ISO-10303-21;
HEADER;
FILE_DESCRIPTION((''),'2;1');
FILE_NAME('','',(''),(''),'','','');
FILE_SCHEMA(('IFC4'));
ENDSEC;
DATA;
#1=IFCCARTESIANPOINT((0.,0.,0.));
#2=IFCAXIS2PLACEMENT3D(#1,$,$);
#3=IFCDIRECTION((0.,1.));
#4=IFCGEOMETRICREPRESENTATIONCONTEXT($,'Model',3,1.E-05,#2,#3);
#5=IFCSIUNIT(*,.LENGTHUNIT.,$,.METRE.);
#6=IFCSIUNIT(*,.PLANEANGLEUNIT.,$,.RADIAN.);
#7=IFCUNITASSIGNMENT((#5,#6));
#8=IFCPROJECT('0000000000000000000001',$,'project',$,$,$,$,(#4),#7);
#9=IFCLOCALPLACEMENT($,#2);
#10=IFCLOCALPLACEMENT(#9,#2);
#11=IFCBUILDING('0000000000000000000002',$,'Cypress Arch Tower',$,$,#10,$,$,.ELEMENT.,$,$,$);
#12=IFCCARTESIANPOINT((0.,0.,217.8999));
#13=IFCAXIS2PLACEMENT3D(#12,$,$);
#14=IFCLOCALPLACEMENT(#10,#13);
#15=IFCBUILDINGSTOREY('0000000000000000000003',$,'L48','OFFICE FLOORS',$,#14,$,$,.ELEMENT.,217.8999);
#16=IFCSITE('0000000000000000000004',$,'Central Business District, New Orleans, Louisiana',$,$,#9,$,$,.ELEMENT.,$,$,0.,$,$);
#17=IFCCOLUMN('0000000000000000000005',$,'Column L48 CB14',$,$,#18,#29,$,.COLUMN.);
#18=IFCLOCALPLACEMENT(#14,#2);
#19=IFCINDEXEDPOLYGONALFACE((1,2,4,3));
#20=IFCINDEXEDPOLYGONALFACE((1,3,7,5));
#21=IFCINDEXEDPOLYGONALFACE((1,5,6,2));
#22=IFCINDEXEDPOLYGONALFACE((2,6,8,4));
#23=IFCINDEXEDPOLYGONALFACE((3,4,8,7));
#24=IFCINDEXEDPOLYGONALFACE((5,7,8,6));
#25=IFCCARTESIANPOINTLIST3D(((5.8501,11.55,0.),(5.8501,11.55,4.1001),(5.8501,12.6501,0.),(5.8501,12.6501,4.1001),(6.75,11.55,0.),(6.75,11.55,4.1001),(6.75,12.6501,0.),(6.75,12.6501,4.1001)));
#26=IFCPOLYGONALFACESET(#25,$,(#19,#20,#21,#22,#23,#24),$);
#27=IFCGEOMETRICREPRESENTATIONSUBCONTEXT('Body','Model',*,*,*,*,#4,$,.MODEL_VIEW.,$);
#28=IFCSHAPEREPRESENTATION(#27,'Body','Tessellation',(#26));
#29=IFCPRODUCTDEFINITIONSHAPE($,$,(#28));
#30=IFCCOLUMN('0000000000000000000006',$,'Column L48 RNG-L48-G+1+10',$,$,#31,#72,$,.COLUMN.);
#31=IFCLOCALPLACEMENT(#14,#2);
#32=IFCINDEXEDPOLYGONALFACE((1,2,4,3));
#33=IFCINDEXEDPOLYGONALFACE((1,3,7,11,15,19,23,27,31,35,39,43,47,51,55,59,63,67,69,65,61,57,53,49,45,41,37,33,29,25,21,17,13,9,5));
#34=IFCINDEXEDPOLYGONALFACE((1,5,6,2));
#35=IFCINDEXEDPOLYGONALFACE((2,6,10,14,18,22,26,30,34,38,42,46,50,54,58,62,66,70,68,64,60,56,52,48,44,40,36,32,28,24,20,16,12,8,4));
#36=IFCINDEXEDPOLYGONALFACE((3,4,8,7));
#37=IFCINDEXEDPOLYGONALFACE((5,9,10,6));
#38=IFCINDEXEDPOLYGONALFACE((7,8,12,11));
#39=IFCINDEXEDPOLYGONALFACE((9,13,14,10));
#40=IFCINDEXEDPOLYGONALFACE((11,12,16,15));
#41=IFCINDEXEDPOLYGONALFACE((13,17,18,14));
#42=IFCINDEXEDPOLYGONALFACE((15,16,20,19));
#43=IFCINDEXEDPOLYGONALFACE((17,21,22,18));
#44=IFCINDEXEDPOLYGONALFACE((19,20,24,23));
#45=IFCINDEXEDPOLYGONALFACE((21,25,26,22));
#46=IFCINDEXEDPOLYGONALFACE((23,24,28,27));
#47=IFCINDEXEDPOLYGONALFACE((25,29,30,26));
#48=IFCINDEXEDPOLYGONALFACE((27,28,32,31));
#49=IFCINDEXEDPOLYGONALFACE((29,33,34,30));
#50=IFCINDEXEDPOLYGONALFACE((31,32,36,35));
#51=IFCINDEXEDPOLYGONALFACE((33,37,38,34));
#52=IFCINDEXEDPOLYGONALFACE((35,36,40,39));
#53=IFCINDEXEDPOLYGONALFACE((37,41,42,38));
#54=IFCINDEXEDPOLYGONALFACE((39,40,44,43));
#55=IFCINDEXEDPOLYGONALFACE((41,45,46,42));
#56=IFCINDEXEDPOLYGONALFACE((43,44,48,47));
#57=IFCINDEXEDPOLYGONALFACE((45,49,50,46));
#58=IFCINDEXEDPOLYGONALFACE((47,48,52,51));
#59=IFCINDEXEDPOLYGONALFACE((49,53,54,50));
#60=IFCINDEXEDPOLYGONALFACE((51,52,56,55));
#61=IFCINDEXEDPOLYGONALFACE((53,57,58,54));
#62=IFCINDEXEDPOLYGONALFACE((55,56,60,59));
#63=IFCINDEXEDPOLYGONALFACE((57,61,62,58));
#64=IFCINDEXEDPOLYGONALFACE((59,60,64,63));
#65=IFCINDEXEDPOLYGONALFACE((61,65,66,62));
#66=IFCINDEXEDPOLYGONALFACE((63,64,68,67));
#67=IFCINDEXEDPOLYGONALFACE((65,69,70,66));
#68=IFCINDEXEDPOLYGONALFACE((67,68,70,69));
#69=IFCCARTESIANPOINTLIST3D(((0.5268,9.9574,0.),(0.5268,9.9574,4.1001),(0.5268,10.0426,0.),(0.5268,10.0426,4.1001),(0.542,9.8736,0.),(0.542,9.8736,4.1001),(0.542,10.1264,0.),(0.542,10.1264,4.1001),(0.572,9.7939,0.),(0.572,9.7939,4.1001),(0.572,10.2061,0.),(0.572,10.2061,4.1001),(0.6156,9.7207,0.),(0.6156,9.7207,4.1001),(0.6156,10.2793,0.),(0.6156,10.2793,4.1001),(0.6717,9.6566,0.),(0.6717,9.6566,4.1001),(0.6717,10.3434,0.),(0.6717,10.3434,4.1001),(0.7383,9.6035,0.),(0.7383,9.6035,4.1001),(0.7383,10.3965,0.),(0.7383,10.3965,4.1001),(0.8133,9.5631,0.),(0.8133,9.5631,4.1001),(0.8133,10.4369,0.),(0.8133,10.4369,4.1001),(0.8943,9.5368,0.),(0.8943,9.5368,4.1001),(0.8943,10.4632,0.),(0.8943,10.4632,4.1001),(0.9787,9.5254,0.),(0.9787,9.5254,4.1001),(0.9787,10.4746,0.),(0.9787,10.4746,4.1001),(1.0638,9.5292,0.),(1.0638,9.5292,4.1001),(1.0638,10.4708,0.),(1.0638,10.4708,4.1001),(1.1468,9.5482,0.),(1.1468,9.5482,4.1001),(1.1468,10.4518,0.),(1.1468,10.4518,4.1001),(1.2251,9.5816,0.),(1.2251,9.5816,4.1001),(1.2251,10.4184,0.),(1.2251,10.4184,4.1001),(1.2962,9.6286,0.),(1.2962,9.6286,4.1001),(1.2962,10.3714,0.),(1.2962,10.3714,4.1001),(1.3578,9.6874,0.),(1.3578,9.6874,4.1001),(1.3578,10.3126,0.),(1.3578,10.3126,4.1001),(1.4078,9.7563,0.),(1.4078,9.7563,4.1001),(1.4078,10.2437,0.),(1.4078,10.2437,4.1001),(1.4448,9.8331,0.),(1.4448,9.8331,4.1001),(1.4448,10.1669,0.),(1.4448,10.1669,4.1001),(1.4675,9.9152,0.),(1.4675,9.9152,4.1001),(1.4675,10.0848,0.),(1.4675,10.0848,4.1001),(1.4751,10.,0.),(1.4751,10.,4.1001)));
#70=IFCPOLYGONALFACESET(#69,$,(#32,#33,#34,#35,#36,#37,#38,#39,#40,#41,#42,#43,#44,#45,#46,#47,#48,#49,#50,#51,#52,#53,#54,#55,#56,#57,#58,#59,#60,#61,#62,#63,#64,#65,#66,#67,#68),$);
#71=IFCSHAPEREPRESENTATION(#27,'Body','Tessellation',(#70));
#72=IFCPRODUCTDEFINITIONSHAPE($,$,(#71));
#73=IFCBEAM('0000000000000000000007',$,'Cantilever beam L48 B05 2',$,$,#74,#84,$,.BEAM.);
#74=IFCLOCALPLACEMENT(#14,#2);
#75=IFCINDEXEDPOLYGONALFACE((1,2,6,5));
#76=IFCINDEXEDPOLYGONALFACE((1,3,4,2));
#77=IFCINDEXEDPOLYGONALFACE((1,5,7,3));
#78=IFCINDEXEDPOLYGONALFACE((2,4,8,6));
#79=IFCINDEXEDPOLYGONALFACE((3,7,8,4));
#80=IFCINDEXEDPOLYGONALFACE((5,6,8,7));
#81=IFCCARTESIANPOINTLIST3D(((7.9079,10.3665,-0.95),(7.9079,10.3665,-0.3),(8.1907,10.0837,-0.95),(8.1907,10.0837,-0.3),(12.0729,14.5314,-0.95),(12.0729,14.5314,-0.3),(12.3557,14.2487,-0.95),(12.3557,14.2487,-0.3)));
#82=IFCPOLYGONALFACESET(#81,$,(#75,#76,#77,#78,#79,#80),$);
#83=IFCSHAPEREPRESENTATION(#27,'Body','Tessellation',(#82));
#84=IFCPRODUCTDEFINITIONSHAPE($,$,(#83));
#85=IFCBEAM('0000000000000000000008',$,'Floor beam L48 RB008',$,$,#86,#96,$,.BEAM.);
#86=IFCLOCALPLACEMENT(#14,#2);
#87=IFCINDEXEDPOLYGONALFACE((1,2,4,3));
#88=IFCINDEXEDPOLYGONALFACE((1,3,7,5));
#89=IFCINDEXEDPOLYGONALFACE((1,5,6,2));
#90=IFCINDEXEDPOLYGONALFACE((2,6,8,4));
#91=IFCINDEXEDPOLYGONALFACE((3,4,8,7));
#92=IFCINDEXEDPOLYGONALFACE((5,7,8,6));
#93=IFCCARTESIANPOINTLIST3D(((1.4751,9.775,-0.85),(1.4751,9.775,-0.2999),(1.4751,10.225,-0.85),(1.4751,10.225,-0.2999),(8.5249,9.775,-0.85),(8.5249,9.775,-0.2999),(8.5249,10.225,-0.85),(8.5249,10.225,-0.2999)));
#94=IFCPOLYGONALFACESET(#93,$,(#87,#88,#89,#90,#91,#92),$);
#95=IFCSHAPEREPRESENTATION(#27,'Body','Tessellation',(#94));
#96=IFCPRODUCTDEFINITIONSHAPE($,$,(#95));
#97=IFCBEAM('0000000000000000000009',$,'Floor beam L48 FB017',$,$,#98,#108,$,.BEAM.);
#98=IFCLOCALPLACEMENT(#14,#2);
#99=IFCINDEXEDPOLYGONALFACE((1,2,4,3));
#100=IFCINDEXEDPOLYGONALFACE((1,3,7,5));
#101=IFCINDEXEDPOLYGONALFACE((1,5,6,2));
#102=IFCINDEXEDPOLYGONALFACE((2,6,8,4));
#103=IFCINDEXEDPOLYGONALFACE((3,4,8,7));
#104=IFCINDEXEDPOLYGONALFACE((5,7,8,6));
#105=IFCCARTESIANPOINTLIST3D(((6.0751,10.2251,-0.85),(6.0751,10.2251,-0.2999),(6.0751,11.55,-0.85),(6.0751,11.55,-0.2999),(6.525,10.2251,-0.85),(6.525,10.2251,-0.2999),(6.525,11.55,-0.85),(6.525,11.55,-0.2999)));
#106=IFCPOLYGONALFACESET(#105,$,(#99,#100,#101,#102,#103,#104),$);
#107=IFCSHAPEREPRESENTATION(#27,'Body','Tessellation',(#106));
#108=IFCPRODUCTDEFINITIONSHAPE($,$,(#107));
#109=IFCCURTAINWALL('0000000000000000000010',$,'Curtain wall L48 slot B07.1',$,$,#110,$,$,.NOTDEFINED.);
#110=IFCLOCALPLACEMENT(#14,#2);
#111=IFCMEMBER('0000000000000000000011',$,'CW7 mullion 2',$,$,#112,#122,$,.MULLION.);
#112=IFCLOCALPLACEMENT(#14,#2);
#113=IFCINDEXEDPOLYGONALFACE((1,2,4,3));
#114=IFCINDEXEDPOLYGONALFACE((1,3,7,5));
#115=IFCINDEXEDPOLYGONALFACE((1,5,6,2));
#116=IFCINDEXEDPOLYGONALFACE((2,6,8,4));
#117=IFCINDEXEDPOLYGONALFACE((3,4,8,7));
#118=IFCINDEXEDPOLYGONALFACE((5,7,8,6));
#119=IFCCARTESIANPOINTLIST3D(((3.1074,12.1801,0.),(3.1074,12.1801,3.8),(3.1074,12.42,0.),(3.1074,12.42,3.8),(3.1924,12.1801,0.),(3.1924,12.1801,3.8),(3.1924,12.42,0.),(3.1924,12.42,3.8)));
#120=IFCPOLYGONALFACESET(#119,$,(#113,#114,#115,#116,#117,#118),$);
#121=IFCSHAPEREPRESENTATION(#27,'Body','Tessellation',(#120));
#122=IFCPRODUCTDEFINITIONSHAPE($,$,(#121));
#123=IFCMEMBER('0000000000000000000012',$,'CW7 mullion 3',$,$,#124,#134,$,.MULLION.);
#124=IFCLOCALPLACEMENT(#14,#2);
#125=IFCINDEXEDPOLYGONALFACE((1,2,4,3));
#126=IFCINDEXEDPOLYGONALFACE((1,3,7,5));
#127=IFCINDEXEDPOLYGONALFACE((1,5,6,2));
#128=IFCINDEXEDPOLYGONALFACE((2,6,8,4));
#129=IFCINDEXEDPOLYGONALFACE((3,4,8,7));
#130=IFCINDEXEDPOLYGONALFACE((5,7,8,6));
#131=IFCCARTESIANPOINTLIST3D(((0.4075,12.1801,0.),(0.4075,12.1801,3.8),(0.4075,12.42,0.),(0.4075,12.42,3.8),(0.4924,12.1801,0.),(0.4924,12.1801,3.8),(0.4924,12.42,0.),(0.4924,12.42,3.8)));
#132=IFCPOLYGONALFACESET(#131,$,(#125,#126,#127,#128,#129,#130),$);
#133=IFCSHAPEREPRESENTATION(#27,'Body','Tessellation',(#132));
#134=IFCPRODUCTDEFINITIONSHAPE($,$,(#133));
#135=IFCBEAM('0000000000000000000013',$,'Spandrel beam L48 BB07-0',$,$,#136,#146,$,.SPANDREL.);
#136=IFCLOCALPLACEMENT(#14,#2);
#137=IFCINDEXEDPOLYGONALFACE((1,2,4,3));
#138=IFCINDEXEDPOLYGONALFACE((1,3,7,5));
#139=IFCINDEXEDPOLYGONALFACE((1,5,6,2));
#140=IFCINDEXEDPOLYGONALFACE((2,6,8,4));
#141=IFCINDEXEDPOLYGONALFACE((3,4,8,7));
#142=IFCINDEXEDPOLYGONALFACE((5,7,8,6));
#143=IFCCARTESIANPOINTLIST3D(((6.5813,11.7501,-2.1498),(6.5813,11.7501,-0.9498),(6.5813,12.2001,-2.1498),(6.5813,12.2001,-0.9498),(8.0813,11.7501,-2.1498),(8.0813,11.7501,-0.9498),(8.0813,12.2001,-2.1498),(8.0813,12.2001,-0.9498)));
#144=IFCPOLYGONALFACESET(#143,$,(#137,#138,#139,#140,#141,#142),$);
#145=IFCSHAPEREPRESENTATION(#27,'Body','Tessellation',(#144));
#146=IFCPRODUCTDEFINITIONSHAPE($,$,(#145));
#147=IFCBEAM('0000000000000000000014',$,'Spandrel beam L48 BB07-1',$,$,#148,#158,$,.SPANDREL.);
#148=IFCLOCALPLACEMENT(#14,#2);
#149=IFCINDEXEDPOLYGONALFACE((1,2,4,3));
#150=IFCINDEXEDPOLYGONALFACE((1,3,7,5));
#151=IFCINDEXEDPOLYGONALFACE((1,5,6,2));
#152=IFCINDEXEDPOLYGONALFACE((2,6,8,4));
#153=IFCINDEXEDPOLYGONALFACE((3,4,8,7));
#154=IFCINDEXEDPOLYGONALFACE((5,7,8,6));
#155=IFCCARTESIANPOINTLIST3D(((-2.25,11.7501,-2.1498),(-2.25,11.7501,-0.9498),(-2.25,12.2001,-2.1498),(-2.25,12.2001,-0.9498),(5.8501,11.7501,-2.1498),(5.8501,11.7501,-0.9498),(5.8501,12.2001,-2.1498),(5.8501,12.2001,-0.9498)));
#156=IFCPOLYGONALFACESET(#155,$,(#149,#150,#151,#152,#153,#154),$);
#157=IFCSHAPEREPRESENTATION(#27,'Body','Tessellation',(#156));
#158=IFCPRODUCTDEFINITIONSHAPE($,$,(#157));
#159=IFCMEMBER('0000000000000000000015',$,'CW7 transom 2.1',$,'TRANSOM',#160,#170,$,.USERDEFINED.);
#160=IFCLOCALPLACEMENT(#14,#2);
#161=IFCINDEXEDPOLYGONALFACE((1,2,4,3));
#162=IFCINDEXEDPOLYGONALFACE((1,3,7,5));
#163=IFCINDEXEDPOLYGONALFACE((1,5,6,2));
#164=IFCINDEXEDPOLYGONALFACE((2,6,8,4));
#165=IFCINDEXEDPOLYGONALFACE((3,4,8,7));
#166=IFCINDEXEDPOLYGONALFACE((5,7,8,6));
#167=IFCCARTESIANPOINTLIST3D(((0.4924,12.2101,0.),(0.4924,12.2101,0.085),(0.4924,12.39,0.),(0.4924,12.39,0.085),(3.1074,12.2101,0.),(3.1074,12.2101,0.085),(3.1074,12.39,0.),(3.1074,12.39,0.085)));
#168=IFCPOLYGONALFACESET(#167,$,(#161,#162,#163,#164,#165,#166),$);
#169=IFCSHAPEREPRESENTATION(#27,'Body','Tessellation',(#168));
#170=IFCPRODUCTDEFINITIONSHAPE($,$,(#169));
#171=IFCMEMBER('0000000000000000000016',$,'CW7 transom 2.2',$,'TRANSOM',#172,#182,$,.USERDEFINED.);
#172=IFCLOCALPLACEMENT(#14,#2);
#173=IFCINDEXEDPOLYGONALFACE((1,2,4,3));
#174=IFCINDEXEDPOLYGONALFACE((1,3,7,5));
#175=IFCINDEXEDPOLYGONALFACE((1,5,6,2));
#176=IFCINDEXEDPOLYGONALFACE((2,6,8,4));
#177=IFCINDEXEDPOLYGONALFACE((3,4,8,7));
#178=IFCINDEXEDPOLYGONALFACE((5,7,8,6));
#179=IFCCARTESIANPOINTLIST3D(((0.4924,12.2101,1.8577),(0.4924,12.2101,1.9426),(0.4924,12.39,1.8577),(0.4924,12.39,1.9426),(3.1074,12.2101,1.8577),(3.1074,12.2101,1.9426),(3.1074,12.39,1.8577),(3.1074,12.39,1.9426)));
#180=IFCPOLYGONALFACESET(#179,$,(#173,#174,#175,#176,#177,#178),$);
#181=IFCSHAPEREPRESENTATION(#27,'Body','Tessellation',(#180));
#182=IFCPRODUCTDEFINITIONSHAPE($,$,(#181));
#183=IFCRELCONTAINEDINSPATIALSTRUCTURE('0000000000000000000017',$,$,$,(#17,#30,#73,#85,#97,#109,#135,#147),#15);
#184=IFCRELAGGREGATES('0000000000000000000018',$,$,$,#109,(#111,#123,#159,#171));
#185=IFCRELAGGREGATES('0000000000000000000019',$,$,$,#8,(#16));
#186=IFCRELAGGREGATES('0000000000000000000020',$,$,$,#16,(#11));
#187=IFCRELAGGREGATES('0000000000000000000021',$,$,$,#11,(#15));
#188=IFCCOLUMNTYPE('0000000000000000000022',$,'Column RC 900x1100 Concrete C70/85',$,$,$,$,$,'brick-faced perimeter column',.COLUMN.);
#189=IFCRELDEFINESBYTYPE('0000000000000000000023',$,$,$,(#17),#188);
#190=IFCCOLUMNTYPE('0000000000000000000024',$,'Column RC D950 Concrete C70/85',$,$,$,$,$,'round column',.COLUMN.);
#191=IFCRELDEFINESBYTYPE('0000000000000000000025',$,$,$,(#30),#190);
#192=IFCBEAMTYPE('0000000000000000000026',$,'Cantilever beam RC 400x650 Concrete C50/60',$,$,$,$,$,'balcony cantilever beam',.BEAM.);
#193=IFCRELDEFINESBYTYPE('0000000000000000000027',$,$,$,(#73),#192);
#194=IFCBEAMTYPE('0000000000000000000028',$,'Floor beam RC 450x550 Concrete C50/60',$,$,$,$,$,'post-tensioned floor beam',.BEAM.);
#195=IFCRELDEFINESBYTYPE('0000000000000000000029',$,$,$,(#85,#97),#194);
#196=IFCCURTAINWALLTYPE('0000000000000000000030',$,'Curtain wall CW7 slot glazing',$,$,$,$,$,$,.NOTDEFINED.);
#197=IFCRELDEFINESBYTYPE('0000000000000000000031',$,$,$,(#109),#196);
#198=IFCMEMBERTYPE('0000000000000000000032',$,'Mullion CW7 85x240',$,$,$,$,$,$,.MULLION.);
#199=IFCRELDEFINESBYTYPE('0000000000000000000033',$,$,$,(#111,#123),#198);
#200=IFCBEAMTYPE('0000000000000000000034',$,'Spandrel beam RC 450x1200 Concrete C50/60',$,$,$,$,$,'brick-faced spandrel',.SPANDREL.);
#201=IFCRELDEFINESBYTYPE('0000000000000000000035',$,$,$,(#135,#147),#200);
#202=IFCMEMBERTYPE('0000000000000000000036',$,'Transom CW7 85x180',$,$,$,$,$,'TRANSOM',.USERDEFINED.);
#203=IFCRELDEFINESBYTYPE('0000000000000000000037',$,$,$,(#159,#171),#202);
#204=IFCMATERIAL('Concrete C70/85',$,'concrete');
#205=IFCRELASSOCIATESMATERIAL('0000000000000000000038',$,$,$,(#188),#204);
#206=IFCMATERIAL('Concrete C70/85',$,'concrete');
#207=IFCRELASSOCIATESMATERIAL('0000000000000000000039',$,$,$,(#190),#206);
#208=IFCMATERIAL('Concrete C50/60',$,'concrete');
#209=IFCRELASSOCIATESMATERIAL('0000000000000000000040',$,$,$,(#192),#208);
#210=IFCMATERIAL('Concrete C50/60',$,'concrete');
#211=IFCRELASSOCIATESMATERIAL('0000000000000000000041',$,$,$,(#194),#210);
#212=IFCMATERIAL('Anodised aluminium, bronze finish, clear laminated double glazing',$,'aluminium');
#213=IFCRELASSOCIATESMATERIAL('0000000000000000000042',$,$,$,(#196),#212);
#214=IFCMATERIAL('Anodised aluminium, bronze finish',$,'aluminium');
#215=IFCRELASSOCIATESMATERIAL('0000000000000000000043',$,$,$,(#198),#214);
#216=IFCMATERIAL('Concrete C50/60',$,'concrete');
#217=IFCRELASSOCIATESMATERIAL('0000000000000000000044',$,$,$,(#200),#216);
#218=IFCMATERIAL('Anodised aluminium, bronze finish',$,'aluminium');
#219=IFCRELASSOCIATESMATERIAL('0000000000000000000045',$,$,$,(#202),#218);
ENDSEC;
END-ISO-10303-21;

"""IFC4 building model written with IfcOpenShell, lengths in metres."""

from ifc_helpers import new_model, si_unit, direction, frame, origin, origin_2d, place, context, subcontext, project, spatial, rectangle, circle, extrude, material, material_profile, profile_set, type_object, element, aggregate, save


model = new_model("IFC4")

# Units and contexts
model_context = context("Model", 3, precision=1e-05, world=origin(), true_north=direction((0.0, 1.0)))
body_context = subcontext(model_context, "Body", "Model", "MODEL_VIEW")
ifc_project = project(units=[si_unit("LENGTHUNIT", "METRE"), si_unit("PLANEANGLEUNIT", "RADIAN")], contexts=[model_context])

# Site, building, storey
site_placement = place(None, origin())
site = spatial("IfcSite", under=ifc_project, at=site_placement, Name="Central Business District, New Orleans, Louisiana", CompositionType="ELEMENT", RefElevation=0.0)
building_placement = place(site_placement, origin())
building = spatial("IfcBuilding", under=site, at=building_placement, Name="Cypress Arch Tower", CompositionType="ELEMENT")
storey_placement = place(building_placement, frame((0.0, 0.0, 217.8999)))
storey = spatial("IfcBuildingStorey", under=building, at=storey_placement, Name="L48", Description="OFFICE FLOORS", CompositionType="ELEMENT", Elevation=217.8999)

# Columns
ifc_material_1 = material(Name="Concrete C70/85", Category="concrete")
ifc_material_profile_1 = material_profile(ifc_material_1, rectangle(XDim=0.8999, YDim=1.1001, at=origin_2d()), Name="RC 900x1100")
ifc_profile_set_1 = profile_set([ifc_material_profile_1], Name="Concrete C70/85")
column_type_1 = type_object("IfcColumnType", Name="Column RC 900x1100 Concrete C70/85", ElementType="brick-faced perimeter column", PredefinedType="COLUMN", material=ifc_profile_set_1)
column_1_placement = place(storey_placement, frame((6.3, 12.1001, 0.0), z_axis=(0.0, 0.0, 1.0), x_axis=(-1.0, 0.0, 0.0)))
element("IfcColumn", 1, at=column_1_placement, inside=storey, type_object=column_type_1, Name="Column L48 CB14", PredefinedType="COLUMN", context=body_context, shape_type="SweptSolid", body=[
    extrude(rectangle(XDim=0.8999, YDim=1.1001, at=origin_2d()), origin(), (0.0, 0.0, 1.0), 4.1001),
])
ifc_material_2 = material(Name="Concrete C70/85", Category="concrete")
ifc_material_profile_2 = material_profile(ifc_material_2, circle(Radius=0.4751, at=origin_2d()), Name="RC D950")
ifc_profile_set_2 = profile_set([ifc_material_profile_2], Name="Concrete C70/85")
column_type_2 = type_object("IfcColumnType", Name="Column RC D950 Concrete C70/85", ElementType="round column", PredefinedType="COLUMN", material=ifc_profile_set_2)
column_2_placement = place(storey_placement, frame((1.0, 10.0, 0.0), z_axis=(0.0, 0.0, 1.0), x_axis=(1.0, 0.0, 0.0)))
element("IfcColumn", 2, at=column_2_placement, inside=storey, type_object=column_type_2, Name="Column L48 RNG-L48-G+1+10", PredefinedType="COLUMN", context=body_context, shape_type="SweptSolid", body=[
    extrude(circle(Radius=0.4751, at=origin_2d()), origin(), (0.0, 0.0, 1.0), 4.1001),
])

# Beams
ifc_material_3 = material(Name="Concrete C50/60", Category="concrete")
ifc_material_profile_3 = material_profile(ifc_material_3, rectangle(XDim=0.3999, YDim=0.6499, at=origin_2d()), Name="RC 400x650")
ifc_profile_set_3 = profile_set([ifc_material_profile_3], Name="Concrete C50/60")
beam_type_1 = type_object("IfcBeamType", Name="Cantilever beam RC 400x650 Concrete C50/60", ElementType="balcony cantilever beam", PredefinedType="BEAM", material=ifc_profile_set_3)
beam_1_placement = place(storey_placement, frame((8.0493, 10.2251, -0.625), z_axis=(0.707107, 0.707107, 0.0), x_axis=(-0.707107, 0.707107, 0.0)))
element("IfcBeam", 3, at=beam_1_placement, inside=storey, type_object=beam_type_1, Name="Cantilever beam L48 B05 2", PredefinedType="BEAM", context=body_context, shape_type="SweptSolid", body=[
    extrude(rectangle(XDim=0.3999, YDim=0.6499, at=origin_2d()), origin(), (0.0, 0.0, 1.0), 5.8901),
])
ifc_material_4 = material(Name="Concrete C50/60", Category="concrete")
ifc_material_profile_4 = material_profile(ifc_material_4, rectangle(XDim=0.45, YDim=0.55, at=origin_2d()), Name="RC 450x550")
ifc_profile_set_4 = profile_set([ifc_material_profile_4], Name="Concrete C50/60")
beam_type_2 = type_object("IfcBeamType", Name="Floor beam RC 450x550 Concrete C50/60", ElementType="post-tensioned floor beam", PredefinedType="BEAM", material=ifc_profile_set_4)
beam_2_placement = place(storey_placement, frame((1.4751, 10.0, -0.575), z_axis=(1.0, 0.0, 0.0), x_axis=(0.0, 1.0, 0.0)))
element("IfcBeam", 4, at=beam_2_placement, inside=storey, type_object=beam_type_2, Name="Floor beam L48 RB008", PredefinedType="BEAM", context=body_context, shape_type="SweptSolid", body=[
    extrude(rectangle(XDim=0.45, YDim=0.55, at=origin_2d()), origin(), (0.0, 0.0, 1.0), 7.0498),
])
beam_3_placement = place(storey_placement, frame((6.3, 10.2251, -0.575), z_axis=(0.0, 1.0, 0.0), x_axis=(-1.0, 0.0, 0.0)))
element("IfcBeam", 5, at=beam_3_placement, inside=storey, type_object=beam_type_2, Name="Floor beam L48 FB017", PredefinedType="BEAM", context=body_context, shape_type="SweptSolid", body=[
    extrude(rectangle(XDim=0.45, YDim=0.55, at=origin_2d()), origin(), (0.0, 0.0, 1.0), 1.325),
])

# Curtain wall, members
ifc_material_5 = material(Name="Anodised aluminium, bronze finish, clear laminated double glazing", Category="aluminium")
curtain_wall_type = type_object("IfcCurtainWallType", Name="Curtain wall CW7 slot glazing", PredefinedType="NOTDEFINED", material=ifc_material_5)
curtain_wall_placement = place(storey_placement, origin())
curtain_wall = element("IfcCurtainWall", 6, at=curtain_wall_placement, inside=storey, type_object=curtain_wall_type, Name="Curtain wall L48 slot B07.1", PredefinedType="NOTDEFINED")
ifc_material_6 = material(Name="Anodised aluminium, bronze finish", Category="aluminium")
ifc_material_profile_5 = material_profile(ifc_material_6, rectangle(XDim=0.24, YDim=0.085, at=origin_2d()), Name="Mullion 85x240")
ifc_profile_set_5 = profile_set([ifc_material_profile_5], Name="Anodised aluminium, bronze finish")
member_type_1 = type_object("IfcMemberType", Name="Mullion CW7 85x240", PredefinedType="MULLION", material=ifc_profile_set_5)
member_1_placement = place(storey_placement, frame((3.1499, 12.3, 0.0), z_axis=(0.0, 0.0, 1.0), x_axis=(0.0, -1.0, 0.0)))
member_1 = element("IfcMember", 7, at=member_1_placement, type_object=member_type_1, Name="CW7 mullion 2", PredefinedType="MULLION", context=body_context, shape_type="SweptSolid", body=[
    extrude(rectangle(XDim=0.24, YDim=0.085, at=origin_2d()), origin(), (0.0, 0.0, 1.0), 3.8),
])
member_2_placement = place(storey_placement, frame((0.45, 12.3, 0.0), z_axis=(0.0, 0.0, 1.0), x_axis=(0.0, -1.0, 0.0)))
member_2 = element("IfcMember", 8, at=member_2_placement, type_object=member_type_1, Name="CW7 mullion 3", PredefinedType="MULLION", context=body_context, shape_type="SweptSolid", body=[
    extrude(rectangle(XDim=0.24, YDim=0.085, at=origin_2d()), origin(), (0.0, 0.0, 1.0), 3.8),
])

# Beams
ifc_material_7 = material(Name="Concrete C50/60", Category="concrete")
ifc_material_profile_6 = material_profile(ifc_material_7, rectangle(XDim=0.45, YDim=1.2, at=origin_2d()), Name="RC 450x1200")
ifc_profile_set_6 = profile_set([ifc_material_profile_6], Name="Concrete C50/60")
beam_type_3 = type_object("IfcBeamType", Name="Spandrel beam RC 450x1200 Concrete C50/60", ElementType="brick-faced spandrel", PredefinedType="SPANDREL", material=ifc_profile_set_6)
beam_4_placement = place(storey_placement, frame((8.0813, 11.9751, -1.5498), z_axis=(-1.0, 0.0, 0.0), x_axis=(0.0, -1.0, 0.0)))
element("IfcBeam", 9, at=beam_4_placement, inside=storey, type_object=beam_type_3, Name="Spandrel beam L48 BB07-0", PredefinedType="SPANDREL", context=body_context, shape_type="SweptSolid", body=[
    extrude(rectangle(XDim=0.45, YDim=1.2, at=origin_2d()), origin(), (0.0, 0.0, 1.0), 1.5),
])
beam_5_placement = place(storey_placement, frame((5.8501, 11.9751, -1.5498), z_axis=(-1.0, 0.0, 0.0), x_axis=(0.0, -1.0, 0.0)))
element("IfcBeam", 10, at=beam_5_placement, inside=storey, type_object=beam_type_3, Name="Spandrel beam L48 BB07-1", PredefinedType="SPANDREL", context=body_context, shape_type="SweptSolid", body=[
    extrude(rectangle(XDim=0.45, YDim=1.2, at=origin_2d()), origin(), (0.0, 0.0, 1.0), 8.1001),
])

# Members
ifc_material_8 = material(Name="Anodised aluminium, bronze finish", Category="aluminium")
ifc_material_profile_7 = material_profile(ifc_material_8, rectangle(XDim=0.1799, YDim=0.085, at=origin_2d()), Name="Transom 85x180")
ifc_profile_set_7 = profile_set([ifc_material_profile_7], Name="Anodised aluminium, bronze finish")
member_type_2 = type_object("IfcMemberType", Name="Transom CW7 85x180", ElementType="TRANSOM", PredefinedType="USERDEFINED", material=ifc_profile_set_7)
member_3_placement = place(storey_placement, frame((3.1074, 12.3, 0.0425), z_axis=(-1.0, 0.0, 0.0), x_axis=(0.0, -1.0, 0.0)))
member_3 = element("IfcMember", 11, at=member_3_placement, type_object=member_type_2, Name="CW7 transom 2.1", ObjectType="TRANSOM", PredefinedType="USERDEFINED", context=body_context, shape_type="SweptSolid", body=[
    extrude(rectangle(XDim=0.1799, YDim=0.085, at=origin_2d()), origin(), (0.0, 0.0, 1.0), 2.615),
])
member_4_placement = place(storey_placement, frame((3.1074, 12.3, 1.9001), z_axis=(-1.0, 0.0, 0.0), x_axis=(0.0, -1.0, 0.0)))
member_4 = element("IfcMember", 12, at=member_4_placement, type_object=member_type_2, Name="CW7 transom 2.2", ObjectType="TRANSOM", PredefinedType="USERDEFINED", context=body_context, shape_type="SweptSolid", body=[
    extrude(rectangle(XDim=0.1799, YDim=0.085, at=origin_2d()), origin(), (0.0, 0.0, 1.0), 2.615),
])

aggregate(curtain_wall, [member_1, member_2, member_3, member_4])

save(model, "model.ifc")
